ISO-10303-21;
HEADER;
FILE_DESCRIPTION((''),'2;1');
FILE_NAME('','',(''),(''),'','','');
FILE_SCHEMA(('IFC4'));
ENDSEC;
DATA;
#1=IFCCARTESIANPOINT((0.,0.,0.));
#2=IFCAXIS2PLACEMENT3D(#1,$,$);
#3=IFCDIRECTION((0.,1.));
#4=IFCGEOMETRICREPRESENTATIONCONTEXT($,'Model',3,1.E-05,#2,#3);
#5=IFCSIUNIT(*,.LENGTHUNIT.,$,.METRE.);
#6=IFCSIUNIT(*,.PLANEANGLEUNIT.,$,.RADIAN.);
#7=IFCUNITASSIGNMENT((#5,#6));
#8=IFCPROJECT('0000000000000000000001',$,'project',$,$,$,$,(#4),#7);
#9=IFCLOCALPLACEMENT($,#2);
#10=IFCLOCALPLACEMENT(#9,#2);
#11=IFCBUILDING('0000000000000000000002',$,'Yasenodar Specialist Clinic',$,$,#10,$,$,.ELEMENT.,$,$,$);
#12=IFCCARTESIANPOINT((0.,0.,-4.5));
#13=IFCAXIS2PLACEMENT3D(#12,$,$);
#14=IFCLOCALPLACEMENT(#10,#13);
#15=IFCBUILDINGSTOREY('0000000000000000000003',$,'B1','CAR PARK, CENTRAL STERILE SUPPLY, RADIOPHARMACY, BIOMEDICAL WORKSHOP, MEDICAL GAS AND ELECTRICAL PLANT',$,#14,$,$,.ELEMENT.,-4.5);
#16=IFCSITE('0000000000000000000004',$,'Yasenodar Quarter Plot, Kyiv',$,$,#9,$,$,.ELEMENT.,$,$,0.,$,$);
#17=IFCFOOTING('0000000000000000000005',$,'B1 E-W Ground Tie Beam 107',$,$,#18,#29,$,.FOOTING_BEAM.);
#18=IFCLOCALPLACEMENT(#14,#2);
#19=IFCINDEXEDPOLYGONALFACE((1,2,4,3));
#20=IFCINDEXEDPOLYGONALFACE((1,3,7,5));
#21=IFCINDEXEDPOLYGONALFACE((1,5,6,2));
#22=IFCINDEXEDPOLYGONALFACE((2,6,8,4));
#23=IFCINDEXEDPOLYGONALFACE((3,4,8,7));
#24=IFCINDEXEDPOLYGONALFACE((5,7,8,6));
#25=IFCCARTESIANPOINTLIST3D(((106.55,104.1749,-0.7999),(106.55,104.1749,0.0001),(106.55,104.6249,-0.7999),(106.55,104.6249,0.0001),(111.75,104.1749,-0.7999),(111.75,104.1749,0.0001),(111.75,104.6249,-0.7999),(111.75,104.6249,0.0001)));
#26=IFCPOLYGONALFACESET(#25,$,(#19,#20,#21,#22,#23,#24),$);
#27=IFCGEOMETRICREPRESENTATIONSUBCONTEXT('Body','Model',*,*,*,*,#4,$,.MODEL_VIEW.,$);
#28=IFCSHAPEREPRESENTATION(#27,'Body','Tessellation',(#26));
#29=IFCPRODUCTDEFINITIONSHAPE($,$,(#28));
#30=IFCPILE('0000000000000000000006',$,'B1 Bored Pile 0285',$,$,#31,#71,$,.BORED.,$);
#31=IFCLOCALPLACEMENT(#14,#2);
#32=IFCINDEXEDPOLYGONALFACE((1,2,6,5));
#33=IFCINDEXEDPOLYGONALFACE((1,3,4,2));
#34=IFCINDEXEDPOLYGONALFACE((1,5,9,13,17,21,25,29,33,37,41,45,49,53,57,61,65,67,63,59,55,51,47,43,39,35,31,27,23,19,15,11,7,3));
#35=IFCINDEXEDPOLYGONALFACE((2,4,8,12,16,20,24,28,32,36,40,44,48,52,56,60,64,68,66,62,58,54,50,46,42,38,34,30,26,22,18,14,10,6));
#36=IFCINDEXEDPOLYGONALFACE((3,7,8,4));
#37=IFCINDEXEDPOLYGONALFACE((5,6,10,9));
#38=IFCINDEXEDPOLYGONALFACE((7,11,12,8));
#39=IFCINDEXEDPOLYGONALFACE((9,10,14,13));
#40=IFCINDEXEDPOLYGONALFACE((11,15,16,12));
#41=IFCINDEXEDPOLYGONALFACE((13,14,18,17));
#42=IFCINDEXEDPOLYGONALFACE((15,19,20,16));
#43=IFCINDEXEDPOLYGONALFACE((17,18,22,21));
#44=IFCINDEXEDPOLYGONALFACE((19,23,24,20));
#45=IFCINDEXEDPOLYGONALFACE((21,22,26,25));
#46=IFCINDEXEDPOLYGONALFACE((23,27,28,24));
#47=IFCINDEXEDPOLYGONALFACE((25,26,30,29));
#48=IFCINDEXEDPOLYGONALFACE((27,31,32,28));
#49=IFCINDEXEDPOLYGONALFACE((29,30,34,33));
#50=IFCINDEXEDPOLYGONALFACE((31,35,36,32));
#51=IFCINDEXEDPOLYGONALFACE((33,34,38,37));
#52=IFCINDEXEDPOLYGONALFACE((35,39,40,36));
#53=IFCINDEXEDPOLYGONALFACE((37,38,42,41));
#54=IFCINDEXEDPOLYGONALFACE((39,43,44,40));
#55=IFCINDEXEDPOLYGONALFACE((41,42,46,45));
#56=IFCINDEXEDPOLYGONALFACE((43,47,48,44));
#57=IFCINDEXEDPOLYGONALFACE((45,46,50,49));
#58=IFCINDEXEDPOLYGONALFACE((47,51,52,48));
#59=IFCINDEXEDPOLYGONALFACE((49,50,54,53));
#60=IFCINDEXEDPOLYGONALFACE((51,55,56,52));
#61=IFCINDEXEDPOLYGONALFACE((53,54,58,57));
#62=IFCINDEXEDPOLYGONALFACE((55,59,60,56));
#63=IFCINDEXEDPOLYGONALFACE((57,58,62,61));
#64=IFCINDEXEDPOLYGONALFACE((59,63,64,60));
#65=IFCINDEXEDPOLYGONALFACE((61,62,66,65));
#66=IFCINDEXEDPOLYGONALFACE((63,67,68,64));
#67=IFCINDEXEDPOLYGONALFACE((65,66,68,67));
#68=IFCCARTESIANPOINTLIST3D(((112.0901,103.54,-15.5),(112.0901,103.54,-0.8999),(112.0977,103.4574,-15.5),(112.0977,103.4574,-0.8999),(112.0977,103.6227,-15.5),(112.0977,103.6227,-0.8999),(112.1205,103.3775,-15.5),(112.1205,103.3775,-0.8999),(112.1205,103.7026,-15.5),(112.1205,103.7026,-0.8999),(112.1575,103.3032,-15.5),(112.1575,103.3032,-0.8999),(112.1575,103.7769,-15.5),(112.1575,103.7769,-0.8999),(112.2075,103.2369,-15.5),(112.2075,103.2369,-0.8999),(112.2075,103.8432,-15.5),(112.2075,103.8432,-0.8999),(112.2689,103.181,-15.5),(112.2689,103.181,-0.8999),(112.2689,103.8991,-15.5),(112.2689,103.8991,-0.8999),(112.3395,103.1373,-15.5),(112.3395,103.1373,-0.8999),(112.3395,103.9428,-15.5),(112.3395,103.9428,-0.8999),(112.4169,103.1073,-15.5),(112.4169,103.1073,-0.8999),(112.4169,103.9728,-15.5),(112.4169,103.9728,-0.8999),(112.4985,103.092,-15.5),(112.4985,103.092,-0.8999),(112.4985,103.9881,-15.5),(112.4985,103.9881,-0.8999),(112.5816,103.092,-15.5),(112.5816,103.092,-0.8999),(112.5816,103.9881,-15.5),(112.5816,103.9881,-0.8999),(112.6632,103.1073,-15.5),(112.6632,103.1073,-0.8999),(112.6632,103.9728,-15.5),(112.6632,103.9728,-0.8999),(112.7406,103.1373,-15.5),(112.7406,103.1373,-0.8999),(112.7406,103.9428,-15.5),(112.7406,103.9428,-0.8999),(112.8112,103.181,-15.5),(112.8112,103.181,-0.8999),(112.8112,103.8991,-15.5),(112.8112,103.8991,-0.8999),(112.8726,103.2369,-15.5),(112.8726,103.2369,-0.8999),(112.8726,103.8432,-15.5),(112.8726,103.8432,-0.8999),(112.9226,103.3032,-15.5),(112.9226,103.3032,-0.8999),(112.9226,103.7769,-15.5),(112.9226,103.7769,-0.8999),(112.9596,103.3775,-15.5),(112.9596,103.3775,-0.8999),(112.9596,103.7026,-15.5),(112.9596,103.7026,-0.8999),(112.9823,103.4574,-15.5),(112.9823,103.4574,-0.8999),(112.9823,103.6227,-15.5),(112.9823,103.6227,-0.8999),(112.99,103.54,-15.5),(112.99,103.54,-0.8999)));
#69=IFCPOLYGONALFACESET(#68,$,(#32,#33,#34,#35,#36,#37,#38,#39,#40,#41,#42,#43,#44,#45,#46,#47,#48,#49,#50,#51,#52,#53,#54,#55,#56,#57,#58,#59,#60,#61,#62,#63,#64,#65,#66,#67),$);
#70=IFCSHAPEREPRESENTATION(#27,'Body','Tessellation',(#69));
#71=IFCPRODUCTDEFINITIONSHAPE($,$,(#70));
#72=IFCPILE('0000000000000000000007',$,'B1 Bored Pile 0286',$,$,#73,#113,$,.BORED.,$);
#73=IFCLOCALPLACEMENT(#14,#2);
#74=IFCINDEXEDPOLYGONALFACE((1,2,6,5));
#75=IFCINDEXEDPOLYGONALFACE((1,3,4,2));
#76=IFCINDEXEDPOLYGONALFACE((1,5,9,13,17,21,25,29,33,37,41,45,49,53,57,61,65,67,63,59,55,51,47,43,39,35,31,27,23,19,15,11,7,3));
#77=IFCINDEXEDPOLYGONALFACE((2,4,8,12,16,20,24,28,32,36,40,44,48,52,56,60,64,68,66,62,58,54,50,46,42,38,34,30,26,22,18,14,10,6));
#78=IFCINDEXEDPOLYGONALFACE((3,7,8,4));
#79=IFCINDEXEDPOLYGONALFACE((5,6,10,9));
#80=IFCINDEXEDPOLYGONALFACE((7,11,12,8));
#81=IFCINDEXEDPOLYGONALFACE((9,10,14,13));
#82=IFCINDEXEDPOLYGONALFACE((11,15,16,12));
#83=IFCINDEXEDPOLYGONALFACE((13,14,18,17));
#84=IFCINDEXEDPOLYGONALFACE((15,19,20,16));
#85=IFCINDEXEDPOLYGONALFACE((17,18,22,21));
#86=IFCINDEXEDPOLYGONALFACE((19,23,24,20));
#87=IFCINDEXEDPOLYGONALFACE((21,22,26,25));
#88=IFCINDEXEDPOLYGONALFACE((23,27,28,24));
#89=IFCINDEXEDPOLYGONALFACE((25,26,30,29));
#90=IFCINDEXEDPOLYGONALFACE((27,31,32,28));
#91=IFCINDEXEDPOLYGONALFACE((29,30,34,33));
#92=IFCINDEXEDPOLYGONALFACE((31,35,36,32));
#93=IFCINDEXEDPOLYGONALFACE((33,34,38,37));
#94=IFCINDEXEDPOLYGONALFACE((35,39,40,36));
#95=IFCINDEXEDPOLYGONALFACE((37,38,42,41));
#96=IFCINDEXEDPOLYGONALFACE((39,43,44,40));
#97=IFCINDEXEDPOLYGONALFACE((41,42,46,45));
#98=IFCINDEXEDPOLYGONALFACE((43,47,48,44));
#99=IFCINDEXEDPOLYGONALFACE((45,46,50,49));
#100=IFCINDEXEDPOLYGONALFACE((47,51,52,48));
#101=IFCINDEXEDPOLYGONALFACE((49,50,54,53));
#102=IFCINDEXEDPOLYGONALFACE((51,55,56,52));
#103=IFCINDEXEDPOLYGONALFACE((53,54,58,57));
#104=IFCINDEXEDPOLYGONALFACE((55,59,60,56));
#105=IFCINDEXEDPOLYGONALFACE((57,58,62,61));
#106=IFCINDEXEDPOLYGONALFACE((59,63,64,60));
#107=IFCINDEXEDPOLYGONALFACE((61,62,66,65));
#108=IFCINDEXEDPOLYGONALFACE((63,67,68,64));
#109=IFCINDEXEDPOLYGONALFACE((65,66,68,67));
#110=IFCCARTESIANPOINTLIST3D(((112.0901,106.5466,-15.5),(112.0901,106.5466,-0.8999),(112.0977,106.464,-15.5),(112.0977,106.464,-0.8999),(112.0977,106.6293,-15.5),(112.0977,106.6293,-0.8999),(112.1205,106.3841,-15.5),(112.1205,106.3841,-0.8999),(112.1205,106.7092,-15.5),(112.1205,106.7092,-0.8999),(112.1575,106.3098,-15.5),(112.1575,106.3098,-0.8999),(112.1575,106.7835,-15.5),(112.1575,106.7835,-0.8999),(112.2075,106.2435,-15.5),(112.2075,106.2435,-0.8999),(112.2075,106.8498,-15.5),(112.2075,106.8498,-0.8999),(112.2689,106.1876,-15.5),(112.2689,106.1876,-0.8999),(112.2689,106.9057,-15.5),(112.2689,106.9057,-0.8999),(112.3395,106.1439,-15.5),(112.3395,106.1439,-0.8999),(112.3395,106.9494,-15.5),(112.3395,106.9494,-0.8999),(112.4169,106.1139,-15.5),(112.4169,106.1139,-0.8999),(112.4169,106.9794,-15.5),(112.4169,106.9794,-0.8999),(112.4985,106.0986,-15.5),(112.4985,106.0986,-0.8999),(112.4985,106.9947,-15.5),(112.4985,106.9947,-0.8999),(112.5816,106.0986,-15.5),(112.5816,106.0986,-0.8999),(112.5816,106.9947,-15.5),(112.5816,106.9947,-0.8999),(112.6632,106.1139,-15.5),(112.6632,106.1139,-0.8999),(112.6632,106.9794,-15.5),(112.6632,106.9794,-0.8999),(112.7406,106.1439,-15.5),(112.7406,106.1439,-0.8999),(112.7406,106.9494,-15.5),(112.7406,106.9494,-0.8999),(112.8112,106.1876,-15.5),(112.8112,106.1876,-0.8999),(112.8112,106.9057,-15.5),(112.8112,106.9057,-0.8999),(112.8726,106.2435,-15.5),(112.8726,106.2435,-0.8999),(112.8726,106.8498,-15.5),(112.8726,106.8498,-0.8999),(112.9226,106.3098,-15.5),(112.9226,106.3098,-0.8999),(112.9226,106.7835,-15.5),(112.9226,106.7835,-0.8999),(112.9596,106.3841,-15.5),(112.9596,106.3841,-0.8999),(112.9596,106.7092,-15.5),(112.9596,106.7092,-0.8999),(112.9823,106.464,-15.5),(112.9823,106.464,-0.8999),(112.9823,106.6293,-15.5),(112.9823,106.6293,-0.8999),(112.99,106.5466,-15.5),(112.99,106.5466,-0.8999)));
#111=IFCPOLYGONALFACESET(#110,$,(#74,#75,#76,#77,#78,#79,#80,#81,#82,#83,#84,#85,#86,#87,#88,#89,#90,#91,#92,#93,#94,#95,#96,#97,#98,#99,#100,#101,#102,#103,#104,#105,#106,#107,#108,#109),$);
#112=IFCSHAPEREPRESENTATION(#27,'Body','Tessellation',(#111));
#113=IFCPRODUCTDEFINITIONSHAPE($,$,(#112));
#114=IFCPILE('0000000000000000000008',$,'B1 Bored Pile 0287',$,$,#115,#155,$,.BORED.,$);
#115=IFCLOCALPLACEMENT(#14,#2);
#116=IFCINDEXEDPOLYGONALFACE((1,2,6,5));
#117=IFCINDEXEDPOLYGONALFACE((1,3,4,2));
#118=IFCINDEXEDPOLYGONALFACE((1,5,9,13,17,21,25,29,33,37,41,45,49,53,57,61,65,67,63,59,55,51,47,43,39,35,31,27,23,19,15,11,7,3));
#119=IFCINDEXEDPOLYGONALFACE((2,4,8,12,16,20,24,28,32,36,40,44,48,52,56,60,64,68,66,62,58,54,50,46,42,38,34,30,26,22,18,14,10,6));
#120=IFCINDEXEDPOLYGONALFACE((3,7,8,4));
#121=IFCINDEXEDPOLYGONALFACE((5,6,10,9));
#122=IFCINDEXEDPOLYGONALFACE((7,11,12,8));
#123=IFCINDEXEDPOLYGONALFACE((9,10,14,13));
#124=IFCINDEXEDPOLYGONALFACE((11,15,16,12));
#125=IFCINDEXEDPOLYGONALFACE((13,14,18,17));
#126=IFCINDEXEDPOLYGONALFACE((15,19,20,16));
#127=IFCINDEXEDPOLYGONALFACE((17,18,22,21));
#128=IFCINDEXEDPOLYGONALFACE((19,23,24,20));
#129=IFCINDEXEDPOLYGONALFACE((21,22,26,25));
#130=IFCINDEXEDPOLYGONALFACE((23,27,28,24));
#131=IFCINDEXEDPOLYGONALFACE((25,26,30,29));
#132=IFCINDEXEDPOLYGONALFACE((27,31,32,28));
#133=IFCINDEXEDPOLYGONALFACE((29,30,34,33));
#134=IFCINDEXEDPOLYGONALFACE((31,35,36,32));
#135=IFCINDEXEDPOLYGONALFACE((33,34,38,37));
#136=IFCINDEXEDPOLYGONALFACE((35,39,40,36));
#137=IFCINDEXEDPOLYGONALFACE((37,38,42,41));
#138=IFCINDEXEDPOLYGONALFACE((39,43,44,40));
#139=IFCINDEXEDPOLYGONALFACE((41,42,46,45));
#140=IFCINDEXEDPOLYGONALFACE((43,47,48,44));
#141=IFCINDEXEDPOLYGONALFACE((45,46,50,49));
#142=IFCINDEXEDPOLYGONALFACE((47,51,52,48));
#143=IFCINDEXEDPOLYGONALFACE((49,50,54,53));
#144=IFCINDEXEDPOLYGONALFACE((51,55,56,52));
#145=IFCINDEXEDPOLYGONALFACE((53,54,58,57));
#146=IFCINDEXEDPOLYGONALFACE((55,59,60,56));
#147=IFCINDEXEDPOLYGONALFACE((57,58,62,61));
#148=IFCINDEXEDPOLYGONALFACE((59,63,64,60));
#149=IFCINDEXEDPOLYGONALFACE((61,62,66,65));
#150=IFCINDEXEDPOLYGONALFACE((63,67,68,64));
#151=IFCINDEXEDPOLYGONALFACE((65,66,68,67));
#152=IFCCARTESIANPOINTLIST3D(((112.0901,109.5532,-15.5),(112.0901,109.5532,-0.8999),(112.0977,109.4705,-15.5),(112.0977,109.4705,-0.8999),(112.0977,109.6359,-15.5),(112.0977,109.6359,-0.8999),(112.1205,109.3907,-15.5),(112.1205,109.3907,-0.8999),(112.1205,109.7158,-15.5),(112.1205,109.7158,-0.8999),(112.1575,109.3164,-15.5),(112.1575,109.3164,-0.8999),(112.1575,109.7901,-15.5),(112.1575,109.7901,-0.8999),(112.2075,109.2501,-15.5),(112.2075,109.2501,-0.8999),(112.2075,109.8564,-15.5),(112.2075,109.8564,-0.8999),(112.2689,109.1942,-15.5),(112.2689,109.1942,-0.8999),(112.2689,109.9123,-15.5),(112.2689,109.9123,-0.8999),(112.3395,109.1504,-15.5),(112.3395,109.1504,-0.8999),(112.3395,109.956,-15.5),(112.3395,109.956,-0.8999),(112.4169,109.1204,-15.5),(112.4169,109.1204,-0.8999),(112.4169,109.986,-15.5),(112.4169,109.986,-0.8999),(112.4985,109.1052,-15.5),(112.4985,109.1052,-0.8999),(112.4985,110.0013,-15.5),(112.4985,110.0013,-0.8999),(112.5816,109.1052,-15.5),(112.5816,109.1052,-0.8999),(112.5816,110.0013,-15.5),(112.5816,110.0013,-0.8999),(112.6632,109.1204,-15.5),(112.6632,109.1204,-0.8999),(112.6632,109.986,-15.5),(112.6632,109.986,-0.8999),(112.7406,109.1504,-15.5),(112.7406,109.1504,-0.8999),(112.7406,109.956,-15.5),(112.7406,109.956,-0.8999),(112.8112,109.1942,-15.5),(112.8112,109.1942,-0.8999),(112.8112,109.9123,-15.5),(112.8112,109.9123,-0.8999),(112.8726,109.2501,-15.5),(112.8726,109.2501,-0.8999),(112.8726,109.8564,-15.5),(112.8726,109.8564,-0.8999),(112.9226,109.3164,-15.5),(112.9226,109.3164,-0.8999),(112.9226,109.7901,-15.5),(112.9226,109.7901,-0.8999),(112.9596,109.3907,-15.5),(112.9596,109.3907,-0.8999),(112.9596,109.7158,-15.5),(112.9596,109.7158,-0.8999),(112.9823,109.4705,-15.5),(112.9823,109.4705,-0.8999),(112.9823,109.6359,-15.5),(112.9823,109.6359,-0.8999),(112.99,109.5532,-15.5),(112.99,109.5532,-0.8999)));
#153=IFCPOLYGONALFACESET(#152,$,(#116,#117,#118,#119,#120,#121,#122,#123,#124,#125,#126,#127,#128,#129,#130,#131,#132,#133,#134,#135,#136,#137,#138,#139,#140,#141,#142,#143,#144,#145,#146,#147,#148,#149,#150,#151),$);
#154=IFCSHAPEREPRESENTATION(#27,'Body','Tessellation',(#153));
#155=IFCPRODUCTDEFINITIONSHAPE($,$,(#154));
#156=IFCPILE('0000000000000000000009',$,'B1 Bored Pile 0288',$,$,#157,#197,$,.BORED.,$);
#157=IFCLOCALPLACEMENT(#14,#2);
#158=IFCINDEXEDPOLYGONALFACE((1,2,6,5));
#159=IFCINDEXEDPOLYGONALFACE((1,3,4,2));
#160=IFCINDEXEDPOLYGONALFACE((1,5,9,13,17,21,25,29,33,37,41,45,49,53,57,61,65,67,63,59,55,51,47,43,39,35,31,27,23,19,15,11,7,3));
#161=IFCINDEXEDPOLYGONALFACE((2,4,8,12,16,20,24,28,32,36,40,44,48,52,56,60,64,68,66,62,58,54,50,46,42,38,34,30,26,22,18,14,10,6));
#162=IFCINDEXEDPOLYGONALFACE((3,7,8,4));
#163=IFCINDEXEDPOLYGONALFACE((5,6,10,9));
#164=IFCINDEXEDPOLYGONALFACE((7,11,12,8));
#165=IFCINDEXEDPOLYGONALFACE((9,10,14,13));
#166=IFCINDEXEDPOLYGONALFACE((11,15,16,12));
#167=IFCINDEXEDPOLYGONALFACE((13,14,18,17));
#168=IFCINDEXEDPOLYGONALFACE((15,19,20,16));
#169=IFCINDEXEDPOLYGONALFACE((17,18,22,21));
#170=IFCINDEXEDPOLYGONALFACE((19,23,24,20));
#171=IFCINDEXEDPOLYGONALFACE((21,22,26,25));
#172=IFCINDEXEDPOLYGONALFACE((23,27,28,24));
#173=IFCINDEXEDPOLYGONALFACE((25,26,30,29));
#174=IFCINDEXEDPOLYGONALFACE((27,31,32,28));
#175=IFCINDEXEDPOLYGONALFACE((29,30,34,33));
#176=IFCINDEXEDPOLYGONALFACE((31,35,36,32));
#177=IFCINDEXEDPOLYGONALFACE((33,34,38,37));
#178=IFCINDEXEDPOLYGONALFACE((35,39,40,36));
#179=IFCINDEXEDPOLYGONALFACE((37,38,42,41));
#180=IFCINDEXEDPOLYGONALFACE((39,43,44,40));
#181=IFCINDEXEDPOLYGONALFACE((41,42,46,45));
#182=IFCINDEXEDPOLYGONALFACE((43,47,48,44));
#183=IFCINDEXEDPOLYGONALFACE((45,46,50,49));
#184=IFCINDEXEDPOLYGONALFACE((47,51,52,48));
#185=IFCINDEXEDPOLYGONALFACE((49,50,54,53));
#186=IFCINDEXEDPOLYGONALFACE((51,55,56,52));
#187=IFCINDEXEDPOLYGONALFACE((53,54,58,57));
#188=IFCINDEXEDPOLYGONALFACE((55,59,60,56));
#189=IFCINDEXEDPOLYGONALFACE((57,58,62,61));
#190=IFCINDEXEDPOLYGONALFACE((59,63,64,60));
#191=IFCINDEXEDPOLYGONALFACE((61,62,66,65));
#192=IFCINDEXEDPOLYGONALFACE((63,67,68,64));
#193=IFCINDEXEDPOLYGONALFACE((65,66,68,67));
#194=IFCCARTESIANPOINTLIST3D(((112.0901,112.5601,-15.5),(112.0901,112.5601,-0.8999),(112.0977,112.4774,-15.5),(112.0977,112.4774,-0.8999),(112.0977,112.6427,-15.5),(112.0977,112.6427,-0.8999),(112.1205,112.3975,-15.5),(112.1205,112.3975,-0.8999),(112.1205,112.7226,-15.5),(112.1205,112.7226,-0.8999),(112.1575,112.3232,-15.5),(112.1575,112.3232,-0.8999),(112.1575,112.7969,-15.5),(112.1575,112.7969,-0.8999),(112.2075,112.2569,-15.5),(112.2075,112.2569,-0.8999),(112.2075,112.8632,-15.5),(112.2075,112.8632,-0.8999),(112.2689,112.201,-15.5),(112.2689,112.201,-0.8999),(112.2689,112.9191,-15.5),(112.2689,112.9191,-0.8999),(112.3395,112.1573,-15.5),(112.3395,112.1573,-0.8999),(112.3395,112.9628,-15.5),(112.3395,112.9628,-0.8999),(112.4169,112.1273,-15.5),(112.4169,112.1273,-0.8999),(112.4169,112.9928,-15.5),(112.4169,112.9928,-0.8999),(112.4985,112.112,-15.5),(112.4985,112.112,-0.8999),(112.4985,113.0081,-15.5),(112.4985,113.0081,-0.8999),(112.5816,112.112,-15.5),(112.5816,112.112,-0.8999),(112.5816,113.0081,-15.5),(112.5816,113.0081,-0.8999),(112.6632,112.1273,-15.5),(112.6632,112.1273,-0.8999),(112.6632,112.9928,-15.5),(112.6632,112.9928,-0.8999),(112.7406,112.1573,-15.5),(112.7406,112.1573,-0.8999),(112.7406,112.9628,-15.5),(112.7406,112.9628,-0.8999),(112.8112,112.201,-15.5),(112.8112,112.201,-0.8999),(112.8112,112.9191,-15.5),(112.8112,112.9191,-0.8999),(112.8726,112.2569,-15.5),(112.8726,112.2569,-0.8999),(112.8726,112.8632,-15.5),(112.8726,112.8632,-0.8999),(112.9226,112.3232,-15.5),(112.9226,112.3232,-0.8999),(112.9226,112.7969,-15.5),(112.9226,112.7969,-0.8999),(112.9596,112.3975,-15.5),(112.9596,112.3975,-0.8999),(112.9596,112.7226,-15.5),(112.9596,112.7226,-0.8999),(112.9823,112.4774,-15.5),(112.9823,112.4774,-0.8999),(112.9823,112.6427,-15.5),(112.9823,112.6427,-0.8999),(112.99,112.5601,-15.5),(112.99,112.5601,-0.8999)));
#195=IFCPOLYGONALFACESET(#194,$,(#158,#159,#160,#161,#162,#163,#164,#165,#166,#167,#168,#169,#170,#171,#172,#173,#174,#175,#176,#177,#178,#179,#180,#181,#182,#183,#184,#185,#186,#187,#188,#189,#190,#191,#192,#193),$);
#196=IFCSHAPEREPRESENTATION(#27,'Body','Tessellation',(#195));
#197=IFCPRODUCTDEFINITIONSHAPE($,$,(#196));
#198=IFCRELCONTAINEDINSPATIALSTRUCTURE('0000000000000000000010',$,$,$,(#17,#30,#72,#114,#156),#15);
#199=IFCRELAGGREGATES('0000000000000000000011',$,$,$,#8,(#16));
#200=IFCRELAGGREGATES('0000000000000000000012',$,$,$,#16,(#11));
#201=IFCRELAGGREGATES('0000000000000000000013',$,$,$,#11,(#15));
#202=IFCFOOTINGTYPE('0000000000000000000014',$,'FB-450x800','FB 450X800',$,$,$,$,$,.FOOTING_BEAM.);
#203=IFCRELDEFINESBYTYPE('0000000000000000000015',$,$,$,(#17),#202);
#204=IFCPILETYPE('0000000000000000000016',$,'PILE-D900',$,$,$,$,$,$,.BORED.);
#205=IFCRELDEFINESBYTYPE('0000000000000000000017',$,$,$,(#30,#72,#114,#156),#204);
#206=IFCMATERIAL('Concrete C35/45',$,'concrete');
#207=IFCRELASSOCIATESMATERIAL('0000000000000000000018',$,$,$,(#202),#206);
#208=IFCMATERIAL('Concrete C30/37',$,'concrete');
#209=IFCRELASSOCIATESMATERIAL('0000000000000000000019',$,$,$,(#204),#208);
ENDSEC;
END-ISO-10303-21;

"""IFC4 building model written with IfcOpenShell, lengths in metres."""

from ifc_helpers import new_model, si_unit, direction, frame, origin, origin_2d, place, context, subcontext, project, spatial, rectangle, circle, extrude, material, material_profile, profile_set, type_object, element, save


model = new_model("IFC4")

# Units and contexts
model_context = context("Model", 3, precision=1e-05, world=origin(), true_north=direction((0.0, 1.0)))
body_context = subcontext(model_context, "Body", "Model", "MODEL_VIEW")
ifc_project = project(units=[si_unit("LENGTHUNIT", "METRE"), si_unit("PLANEANGLEUNIT", "RADIAN")], contexts=[model_context])

# Site, building, storey
site_placement = place(None, origin())
site = spatial("IfcSite", under=ifc_project, at=site_placement, Name="Yasenodar Quarter Plot, Kyiv", CompositionType="ELEMENT", RefElevation=0.0)
building_placement = place(site_placement, origin())
building = spatial("IfcBuilding", under=site, at=building_placement, Name="Yasenodar Specialist Clinic", CompositionType="ELEMENT")
storey_placement = place(building_placement, frame((0.0, 0.0, -4.5)))
storey = spatial("IfcBuildingStorey", under=building, at=storey_placement, Name="B1", Description="CAR PARK, CENTRAL STERILE SUPPLY, RADIOPHARMACY, BIOMEDICAL WORKSHOP, MEDICAL GAS AND ELECTRICAL PLANT", CompositionType="ELEMENT", Elevation=-4.5)

# Footing
ifc_material_1 = material(Name="Concrete C35/45", Category="concrete")
ifc_material_profile_1 = material_profile(ifc_material_1, rectangle(XDim=0.45, YDim=0.8, at=origin_2d()), Name="RC 450x800")
ifc_profile_set_1 = profile_set([ifc_material_profile_1], Name="Concrete C35/45")
footing_type = type_object("IfcFootingType", Name="FB-450x800", Description="FB 450X800", PredefinedType="FOOTING_BEAM", material=ifc_profile_set_1)
footing_placement = place(storey_placement, frame((106.55, 104.3999, -0.3999), z_axis=(1.0, 0.0, 0.0), x_axis=(0.0, 1.0, 0.0)))
element("IfcFooting", 1, at=footing_placement, inside=storey, type_object=footing_type, Name="B1 E-W Ground Tie Beam 107", PredefinedType="FOOTING_BEAM", context=body_context, shape_type="SweptSolid", body=[
    extrude(rectangle(XDim=0.45, YDim=0.8, at=origin_2d()), origin(), (0.0, 0.0, 1.0), 5.2),
])

# Piles
ifc_material_2 = material(Name="Concrete C30/37", Category="concrete")
ifc_material_profile_2 = material_profile(ifc_material_2, circle(Radius=0.45, at=origin_2d()), Name="PILE D900")
ifc_profile_set_2 = profile_set([ifc_material_profile_2], Name="Concrete C30/37")
pile_type = type_object("IfcPileType", Name="PILE-D900", PredefinedType="BORED", material=ifc_profile_set_2)
for number, where, z_axis, x_axis, name in (
    (2, (112.54, 103.54, -0.8999), (0.0, 0.0, -1.0), (1.0, 0.0, 0.0), "B1 Bored Pile 0285"),
    (3, (112.54, 106.5466, -0.8999), (0.0, 0.0, -1.0), (1.0, 0.0, 0.0), "B1 Bored Pile 0286"),
    (4, (112.54, 109.5532, -0.8999), (0.0, 0.0, -1.0), (1.0, 0.0, 0.0), "B1 Bored Pile 0287"),
    (5, (112.54, 112.5601, -0.8999), (0.0, 0.0, -1.0), (1.0, 0.0, 0.0), "B1 Bored Pile 0288"),
):
    element("IfcPile", number, at=place(storey_placement, frame(where, z_axis=z_axis, x_axis=x_axis)), inside=storey, type_object=pile_type, Name=name, PredefinedType="BORED", context=body_context, shape_type="SweptSolid", body=[
        extrude(circle(Radius=0.45, at=origin_2d()), origin(), (0.0, 0.0, 1.0), 14.6001),
    ])

save(model, "model.ifc")
